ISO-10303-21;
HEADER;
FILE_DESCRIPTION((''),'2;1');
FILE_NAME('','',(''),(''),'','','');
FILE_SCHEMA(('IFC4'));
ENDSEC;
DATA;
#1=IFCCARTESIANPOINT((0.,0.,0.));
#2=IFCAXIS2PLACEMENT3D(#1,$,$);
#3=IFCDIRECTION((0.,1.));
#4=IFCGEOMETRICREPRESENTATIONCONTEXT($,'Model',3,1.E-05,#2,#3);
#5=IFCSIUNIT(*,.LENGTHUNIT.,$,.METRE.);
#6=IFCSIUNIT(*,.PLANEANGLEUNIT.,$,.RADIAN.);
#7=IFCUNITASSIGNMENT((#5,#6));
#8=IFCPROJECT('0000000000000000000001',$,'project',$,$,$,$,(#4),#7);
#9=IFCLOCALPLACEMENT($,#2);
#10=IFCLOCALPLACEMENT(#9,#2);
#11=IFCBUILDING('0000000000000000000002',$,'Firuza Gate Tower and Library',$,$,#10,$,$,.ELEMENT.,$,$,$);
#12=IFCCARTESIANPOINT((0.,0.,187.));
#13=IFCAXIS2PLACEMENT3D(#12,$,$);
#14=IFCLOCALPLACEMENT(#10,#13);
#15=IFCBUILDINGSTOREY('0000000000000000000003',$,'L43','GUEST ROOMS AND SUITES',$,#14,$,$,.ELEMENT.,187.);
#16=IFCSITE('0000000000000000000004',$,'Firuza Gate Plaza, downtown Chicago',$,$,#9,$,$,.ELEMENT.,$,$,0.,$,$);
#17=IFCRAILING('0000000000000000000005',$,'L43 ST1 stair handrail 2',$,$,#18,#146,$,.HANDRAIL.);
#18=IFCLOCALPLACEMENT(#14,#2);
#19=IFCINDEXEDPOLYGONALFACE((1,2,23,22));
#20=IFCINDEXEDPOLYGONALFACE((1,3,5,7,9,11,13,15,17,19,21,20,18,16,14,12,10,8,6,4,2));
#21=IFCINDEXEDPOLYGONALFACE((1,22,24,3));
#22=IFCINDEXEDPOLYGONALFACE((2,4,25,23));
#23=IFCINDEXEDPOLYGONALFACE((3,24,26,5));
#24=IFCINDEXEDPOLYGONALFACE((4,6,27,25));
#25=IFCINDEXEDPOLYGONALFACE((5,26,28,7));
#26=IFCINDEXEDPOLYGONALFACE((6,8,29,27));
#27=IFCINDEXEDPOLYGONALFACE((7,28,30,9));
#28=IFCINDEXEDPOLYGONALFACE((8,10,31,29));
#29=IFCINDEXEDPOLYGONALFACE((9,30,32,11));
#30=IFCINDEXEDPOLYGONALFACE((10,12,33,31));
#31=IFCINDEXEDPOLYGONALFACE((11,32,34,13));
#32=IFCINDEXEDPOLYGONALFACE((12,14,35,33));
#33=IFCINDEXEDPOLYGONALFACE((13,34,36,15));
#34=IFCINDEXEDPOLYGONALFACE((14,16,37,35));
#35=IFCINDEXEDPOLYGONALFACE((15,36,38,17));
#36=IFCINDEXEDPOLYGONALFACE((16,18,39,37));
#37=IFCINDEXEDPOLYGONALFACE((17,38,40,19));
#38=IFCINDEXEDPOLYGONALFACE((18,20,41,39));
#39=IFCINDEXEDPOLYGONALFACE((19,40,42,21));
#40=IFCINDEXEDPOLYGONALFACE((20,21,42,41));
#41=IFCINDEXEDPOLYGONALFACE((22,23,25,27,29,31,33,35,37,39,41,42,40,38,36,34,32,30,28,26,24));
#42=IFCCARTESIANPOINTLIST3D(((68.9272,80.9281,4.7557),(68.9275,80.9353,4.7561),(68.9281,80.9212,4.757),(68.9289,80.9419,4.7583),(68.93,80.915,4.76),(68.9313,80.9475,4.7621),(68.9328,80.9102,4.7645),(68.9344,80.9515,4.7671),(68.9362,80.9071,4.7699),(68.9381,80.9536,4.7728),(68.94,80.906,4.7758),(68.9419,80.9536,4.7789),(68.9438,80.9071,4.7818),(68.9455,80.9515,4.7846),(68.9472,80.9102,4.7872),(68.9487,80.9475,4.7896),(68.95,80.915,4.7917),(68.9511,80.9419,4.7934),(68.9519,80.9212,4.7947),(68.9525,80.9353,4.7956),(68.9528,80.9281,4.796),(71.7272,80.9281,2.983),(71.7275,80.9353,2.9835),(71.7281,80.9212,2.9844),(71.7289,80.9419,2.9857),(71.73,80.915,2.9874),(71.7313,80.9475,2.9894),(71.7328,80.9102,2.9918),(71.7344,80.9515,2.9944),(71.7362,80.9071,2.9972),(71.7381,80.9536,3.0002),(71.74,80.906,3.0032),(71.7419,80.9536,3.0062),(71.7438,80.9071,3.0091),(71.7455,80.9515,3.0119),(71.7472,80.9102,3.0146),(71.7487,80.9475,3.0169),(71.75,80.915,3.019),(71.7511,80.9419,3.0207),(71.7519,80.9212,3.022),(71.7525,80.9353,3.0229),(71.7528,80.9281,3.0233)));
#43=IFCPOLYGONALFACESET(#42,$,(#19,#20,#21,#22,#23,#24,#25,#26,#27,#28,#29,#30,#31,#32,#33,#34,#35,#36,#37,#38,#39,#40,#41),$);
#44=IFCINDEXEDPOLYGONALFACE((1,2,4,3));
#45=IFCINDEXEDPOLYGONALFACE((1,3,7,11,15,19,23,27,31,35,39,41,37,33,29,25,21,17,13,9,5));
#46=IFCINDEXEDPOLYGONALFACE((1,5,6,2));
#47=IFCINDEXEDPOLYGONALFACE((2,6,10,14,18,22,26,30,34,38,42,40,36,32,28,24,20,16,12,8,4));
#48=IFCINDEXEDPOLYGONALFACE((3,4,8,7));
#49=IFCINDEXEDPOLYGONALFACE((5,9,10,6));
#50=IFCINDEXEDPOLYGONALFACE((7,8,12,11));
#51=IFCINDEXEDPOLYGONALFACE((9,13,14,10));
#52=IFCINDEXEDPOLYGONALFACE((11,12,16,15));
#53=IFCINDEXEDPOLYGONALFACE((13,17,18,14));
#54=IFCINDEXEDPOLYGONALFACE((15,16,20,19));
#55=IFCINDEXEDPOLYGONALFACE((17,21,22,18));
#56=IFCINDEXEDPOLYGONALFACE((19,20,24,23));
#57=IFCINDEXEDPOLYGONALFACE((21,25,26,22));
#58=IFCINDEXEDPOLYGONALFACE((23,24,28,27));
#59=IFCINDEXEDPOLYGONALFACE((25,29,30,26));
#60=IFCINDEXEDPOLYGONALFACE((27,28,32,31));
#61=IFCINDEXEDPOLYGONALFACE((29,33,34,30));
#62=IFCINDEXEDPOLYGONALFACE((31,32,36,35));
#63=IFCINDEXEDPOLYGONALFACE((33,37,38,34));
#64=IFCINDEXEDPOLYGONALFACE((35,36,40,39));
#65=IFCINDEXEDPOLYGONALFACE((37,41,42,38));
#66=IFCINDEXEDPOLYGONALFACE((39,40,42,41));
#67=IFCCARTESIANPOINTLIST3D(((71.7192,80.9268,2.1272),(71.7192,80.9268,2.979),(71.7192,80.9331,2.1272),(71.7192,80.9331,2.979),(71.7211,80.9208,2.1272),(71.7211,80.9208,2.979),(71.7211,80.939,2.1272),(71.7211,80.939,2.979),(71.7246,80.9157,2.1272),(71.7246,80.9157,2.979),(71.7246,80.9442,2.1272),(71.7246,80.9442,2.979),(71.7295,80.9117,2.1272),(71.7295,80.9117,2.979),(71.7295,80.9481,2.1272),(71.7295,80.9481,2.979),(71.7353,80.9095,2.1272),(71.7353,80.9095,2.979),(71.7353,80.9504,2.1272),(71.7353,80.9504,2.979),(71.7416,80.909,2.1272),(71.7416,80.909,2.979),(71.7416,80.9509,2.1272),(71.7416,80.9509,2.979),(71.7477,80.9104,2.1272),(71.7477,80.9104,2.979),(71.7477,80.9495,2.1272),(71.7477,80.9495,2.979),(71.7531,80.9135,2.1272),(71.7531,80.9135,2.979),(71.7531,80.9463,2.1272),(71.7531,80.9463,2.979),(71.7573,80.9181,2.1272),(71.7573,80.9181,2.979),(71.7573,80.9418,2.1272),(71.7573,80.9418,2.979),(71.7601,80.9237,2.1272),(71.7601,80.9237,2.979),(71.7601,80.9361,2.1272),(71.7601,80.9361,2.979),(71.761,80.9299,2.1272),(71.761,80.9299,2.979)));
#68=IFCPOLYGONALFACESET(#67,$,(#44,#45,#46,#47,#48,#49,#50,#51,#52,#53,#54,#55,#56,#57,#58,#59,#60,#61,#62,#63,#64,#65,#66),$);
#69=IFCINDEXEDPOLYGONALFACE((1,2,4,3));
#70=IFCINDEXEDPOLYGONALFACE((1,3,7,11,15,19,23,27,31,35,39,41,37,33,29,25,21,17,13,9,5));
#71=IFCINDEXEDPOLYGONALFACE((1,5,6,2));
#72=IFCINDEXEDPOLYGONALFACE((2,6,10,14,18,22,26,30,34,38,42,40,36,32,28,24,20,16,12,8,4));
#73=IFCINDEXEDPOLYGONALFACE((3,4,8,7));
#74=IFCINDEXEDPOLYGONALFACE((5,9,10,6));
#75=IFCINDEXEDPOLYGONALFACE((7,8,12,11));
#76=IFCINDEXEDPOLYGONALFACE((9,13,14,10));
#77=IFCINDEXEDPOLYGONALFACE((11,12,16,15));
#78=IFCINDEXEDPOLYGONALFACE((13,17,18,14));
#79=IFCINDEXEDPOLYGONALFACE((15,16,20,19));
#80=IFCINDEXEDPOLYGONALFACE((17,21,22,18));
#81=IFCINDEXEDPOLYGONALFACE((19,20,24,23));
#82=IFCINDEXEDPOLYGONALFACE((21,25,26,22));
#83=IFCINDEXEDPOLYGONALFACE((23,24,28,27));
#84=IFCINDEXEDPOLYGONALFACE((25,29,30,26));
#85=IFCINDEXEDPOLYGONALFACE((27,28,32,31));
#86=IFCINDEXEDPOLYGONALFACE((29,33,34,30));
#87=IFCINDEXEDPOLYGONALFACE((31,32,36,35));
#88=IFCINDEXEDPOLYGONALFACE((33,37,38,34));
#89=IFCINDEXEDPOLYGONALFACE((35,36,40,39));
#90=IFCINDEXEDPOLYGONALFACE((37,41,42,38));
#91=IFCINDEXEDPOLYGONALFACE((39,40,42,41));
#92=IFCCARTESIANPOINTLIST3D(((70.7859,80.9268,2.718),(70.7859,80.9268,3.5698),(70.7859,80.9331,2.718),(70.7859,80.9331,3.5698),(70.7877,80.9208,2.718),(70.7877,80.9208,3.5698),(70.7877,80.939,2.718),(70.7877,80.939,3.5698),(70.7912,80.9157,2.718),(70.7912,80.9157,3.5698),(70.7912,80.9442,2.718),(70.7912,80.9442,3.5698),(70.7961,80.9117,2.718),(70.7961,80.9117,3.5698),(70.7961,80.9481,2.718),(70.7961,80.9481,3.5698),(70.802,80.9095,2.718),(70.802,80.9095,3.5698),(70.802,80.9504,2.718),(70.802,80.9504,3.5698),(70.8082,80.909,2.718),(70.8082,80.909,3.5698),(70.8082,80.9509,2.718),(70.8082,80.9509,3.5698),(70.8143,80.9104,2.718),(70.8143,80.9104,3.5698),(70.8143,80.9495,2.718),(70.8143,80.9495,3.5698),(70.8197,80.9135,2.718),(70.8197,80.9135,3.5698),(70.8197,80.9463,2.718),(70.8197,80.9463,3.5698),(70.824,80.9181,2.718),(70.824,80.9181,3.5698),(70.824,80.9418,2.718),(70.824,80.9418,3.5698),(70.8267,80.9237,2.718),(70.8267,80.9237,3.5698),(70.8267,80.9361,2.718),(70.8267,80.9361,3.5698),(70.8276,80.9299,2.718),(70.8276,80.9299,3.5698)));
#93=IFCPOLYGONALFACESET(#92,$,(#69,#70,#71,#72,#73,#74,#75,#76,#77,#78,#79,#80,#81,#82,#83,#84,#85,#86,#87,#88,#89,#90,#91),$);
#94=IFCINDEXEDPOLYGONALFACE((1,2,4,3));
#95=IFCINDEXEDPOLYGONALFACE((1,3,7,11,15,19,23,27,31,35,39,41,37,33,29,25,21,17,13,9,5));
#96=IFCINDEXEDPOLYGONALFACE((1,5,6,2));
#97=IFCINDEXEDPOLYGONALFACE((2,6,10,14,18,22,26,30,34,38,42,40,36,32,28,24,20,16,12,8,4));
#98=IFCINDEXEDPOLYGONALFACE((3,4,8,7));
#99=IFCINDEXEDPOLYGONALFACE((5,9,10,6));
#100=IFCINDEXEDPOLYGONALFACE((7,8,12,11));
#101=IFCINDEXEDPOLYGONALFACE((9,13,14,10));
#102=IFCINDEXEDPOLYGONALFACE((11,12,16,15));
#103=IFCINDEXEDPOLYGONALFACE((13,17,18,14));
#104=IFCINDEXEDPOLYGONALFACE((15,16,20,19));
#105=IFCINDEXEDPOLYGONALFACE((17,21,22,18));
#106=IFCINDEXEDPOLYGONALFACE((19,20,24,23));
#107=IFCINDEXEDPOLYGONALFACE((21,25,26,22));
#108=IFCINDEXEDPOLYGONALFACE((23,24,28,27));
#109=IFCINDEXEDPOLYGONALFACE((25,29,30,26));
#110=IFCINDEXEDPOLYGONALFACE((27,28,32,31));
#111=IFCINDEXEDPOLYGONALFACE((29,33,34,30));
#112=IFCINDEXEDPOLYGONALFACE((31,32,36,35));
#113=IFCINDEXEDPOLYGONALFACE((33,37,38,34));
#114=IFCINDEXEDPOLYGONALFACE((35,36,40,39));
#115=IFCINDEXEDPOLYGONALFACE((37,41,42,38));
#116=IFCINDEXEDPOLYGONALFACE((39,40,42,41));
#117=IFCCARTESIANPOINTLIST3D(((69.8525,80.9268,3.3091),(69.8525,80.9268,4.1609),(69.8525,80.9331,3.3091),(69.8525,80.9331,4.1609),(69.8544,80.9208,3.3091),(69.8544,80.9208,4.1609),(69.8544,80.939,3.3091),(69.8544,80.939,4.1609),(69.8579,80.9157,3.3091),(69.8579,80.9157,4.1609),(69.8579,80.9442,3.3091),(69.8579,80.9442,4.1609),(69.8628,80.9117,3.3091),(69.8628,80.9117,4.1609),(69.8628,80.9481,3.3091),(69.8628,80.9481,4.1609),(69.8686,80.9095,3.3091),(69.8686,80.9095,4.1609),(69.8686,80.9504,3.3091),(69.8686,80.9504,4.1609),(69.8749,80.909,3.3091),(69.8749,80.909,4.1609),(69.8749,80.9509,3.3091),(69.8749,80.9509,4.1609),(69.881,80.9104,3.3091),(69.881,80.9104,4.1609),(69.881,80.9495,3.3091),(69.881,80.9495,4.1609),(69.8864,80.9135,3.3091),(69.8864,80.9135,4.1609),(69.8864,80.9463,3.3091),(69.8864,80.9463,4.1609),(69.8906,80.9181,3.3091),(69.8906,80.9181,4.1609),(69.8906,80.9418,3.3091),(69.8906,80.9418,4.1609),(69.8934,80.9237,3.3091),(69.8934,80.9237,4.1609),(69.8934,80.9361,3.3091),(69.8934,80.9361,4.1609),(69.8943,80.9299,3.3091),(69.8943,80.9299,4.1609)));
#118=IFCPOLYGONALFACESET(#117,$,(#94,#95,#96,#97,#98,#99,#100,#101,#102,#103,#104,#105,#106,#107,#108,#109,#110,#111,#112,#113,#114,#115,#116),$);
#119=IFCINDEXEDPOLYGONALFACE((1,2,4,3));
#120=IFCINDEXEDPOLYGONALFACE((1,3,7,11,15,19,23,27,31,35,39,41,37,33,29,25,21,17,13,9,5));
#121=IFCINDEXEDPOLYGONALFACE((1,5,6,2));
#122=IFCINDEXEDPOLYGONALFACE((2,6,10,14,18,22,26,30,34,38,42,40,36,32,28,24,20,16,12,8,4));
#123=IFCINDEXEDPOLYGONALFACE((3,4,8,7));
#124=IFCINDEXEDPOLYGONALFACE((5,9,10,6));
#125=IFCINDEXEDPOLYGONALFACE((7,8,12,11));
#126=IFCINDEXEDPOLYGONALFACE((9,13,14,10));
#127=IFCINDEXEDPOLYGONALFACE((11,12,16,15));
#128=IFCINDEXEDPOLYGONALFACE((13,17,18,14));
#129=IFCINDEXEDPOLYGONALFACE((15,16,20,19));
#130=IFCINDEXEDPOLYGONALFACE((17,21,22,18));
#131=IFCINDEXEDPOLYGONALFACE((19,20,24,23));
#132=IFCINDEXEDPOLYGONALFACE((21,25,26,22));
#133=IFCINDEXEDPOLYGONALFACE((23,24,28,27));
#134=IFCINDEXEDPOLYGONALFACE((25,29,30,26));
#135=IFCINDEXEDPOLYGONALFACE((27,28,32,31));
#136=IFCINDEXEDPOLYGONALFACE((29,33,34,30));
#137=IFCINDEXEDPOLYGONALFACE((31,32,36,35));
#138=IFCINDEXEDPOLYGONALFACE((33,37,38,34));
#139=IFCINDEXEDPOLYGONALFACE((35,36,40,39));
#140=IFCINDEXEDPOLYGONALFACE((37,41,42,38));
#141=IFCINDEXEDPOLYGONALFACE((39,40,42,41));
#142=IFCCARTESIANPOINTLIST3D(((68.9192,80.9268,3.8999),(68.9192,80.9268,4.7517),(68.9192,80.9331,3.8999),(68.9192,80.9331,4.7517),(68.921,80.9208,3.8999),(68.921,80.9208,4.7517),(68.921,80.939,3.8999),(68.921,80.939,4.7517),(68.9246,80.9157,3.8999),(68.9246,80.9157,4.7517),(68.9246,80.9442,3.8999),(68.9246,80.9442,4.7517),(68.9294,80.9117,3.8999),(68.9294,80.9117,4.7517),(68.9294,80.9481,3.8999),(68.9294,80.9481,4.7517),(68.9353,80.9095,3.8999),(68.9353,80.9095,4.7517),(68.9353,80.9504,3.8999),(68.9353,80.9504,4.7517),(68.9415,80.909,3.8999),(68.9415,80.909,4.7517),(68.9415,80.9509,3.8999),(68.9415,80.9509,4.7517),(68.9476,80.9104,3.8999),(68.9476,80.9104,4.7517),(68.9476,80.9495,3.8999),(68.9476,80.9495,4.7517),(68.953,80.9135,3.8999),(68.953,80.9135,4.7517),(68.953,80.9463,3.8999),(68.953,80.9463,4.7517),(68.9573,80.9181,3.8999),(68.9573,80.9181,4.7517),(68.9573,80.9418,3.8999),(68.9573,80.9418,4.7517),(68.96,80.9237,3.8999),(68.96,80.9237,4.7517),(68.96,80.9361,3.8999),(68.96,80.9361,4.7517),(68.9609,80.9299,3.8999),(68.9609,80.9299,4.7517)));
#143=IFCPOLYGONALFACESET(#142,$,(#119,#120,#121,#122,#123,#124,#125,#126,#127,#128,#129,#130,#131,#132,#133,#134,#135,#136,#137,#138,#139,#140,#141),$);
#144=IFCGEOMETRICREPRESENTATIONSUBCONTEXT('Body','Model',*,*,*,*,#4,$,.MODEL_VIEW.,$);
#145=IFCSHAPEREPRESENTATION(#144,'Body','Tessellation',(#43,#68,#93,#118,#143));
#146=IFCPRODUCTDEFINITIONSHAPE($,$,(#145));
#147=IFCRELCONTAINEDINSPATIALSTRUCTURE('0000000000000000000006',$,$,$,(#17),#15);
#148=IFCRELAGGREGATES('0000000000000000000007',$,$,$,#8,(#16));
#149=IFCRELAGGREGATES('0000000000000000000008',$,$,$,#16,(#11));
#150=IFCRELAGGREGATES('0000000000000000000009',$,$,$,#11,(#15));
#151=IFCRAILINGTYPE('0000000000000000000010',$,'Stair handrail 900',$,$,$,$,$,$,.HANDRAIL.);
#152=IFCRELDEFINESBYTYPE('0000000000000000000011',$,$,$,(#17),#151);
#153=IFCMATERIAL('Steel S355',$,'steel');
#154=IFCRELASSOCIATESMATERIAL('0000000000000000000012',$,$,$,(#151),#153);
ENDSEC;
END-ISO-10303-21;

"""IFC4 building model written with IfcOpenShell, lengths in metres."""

from ifc_helpers import new_model, si_unit, direction, frame, origin, origin_2d, place, context, subcontext, project, spatial, circle, extrude, material, type_object, element, save


model = new_model("IFC4")

# Units and contexts
model_context = context("Model", 3, precision=1e-05, world=origin(), true_north=direction((0.0, 1.0)))
body_context = subcontext(model_context, "Body", "Model", "MODEL_VIEW")
ifc_project = project(units=[si_unit("LENGTHUNIT", "METRE"), si_unit("PLANEANGLEUNIT", "RADIAN")], contexts=[model_context])

# Site, building, storey
site_placement = place(None, origin())
site = spatial("IfcSite", under=ifc_project, at=site_placement, Name="Firuza Gate Plaza, downtown Chicago", CompositionType="ELEMENT", RefElevation=0.0)
building_placement = place(site_placement, origin())
building = spatial("IfcBuilding", under=site, at=building_placement, Name="Firuza Gate Tower and Library", CompositionType="ELEMENT")
storey_placement = place(building_placement, frame((0.0, 0.0, 187.0)))
storey = spatial("IfcBuildingStorey", under=building, at=storey_placement, Name="L43", Description="GUEST ROOMS AND SUITES", CompositionType="ELEMENT", Elevation=187.0)

# Railing
ifc_material_1 = material(Name="Steel S355", Category="steel")
railing_type_1 = type_object("IfcRailingType", Name="Stair handrail 900", PredefinedType="HANDRAIL", material=ifc_material_1)
railing_1_placement = place(storey_placement, frame((71.74, 80.9299, 2.1272)))
element("IfcRailing", 1, at=railing_1_placement, inside=storey, type_object=railing_type_1, Name="L43 ST1 stair handrail 2", PredefinedType="HANDRAIL", context=body_context, shape_type="SweptSolid", body=[
    extrude(circle(Radius=0.0239, at=origin_2d()), frame((0.0, 0.0, 0.876), z_axis=(-0.844909, 0.0, 0.53491), x_axis=(0.0, -1.0, 0.0)), (0.0, 0.0, 1.0), 3.314),
    extrude(circle(Radius=0.021, at=origin_2d()), origin(), (0.0, 0.0, 1.0), 0.8518),
    extrude(circle(Radius=0.021, at=origin_2d()), frame((-0.9333, 0.0, 0.5908)), (0.0, 0.0, 1.0), 0.8518),
    extrude(circle(Radius=0.021, at=origin_2d()), frame((-1.8667, 0.0, 1.1819)), (0.0, 0.0, 1.0), 0.8518),
    extrude(circle(Radius=0.021, at=origin_2d()), frame((-2.8, 0.0, 1.7727)), (0.0, 0.0, 1.0), 0.8518),
])

save(model, "model.ifc")
